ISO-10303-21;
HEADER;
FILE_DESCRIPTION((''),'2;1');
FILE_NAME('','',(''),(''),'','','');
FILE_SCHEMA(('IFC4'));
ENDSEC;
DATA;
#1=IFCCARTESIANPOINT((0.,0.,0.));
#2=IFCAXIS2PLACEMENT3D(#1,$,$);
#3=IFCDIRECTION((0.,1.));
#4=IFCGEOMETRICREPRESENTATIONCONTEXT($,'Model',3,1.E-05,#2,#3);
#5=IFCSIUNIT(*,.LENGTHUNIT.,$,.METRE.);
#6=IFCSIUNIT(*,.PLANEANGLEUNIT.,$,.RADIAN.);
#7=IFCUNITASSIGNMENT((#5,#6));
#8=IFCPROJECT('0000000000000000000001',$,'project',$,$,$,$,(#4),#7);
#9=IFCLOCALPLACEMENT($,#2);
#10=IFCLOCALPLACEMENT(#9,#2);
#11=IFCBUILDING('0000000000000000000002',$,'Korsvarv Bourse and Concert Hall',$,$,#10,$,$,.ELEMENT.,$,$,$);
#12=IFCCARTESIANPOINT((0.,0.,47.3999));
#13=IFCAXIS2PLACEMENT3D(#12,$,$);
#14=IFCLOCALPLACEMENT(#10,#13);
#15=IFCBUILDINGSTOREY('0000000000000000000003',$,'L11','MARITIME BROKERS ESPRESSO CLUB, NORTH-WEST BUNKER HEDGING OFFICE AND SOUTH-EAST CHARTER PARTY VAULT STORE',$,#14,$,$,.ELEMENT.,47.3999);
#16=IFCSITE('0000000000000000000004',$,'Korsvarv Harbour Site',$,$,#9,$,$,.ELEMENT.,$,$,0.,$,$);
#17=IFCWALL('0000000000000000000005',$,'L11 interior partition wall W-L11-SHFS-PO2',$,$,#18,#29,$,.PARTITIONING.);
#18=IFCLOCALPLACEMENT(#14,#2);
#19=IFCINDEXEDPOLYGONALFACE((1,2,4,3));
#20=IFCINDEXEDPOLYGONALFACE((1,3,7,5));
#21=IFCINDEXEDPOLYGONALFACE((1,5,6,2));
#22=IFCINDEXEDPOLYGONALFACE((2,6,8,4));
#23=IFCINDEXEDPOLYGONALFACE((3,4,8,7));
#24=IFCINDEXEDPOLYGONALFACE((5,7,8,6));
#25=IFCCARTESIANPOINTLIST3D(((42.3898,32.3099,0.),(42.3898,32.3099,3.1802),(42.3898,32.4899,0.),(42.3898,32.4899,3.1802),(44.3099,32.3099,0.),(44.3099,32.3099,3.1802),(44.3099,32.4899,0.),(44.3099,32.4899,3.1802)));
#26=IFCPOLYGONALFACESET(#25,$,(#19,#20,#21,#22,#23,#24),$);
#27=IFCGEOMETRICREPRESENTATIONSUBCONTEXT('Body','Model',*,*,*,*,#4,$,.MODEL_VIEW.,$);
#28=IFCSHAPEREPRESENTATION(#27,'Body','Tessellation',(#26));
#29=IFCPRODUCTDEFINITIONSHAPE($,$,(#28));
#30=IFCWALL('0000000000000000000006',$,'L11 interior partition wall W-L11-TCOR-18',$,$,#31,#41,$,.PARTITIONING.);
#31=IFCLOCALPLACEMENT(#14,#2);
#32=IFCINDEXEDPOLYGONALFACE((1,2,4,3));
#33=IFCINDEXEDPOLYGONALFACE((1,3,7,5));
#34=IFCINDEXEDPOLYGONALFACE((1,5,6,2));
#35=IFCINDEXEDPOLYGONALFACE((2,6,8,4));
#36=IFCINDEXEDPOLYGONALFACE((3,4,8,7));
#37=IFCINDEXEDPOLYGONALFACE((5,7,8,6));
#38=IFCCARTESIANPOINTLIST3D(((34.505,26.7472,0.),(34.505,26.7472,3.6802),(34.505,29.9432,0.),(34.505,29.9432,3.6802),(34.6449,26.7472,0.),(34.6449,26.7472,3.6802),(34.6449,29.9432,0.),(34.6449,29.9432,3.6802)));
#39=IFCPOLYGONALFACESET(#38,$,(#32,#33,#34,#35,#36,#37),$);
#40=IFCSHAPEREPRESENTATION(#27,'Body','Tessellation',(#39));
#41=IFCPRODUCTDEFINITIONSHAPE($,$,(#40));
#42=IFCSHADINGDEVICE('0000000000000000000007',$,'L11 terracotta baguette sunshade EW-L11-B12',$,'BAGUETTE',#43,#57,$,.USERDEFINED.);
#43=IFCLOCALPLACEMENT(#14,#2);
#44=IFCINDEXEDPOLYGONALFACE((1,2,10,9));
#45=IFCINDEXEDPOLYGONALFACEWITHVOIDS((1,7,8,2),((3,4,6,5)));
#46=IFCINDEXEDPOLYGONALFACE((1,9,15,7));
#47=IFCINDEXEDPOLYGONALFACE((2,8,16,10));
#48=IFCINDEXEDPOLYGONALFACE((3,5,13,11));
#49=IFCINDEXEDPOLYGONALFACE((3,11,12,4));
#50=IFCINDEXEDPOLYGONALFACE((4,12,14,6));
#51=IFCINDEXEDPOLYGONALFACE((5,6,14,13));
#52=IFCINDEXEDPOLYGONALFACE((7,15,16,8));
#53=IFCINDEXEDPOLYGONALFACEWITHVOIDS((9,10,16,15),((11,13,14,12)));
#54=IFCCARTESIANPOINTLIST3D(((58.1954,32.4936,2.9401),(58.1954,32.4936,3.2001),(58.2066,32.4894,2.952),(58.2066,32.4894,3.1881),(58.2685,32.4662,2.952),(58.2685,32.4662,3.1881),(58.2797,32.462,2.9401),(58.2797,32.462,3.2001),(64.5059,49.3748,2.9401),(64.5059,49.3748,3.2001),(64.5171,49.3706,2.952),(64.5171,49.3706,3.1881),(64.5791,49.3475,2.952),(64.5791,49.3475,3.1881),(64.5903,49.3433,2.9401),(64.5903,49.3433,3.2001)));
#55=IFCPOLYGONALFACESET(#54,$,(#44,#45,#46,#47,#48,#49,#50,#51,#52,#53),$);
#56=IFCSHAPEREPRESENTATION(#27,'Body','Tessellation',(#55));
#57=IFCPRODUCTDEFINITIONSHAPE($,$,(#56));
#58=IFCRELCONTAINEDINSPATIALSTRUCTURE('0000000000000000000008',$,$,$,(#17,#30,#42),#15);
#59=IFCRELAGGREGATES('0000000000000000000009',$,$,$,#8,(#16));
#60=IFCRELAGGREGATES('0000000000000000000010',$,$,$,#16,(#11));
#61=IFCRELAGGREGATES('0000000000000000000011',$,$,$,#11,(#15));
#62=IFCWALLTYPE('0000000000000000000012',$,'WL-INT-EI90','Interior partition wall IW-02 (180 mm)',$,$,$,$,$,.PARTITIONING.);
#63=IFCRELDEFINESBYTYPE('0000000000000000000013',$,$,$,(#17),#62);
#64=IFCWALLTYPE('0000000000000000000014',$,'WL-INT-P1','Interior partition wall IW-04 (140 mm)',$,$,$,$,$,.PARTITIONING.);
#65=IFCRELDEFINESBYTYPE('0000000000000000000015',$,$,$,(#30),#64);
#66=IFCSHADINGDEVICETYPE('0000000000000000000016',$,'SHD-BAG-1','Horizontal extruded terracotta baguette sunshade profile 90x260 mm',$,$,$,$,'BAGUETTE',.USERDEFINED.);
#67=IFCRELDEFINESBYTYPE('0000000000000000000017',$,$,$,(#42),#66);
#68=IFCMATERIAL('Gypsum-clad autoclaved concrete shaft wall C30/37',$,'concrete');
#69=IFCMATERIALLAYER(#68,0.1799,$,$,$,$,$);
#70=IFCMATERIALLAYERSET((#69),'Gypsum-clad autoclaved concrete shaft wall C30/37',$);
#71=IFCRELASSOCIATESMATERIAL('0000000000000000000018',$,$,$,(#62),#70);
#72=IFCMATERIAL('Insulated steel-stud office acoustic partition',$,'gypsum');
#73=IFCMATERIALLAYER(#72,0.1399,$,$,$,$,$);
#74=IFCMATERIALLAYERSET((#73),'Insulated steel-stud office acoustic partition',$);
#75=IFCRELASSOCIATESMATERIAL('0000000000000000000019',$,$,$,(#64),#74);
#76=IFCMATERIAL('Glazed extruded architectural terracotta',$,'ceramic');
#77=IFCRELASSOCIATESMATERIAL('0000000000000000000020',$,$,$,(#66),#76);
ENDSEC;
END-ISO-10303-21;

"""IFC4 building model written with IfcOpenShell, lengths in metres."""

from ifc_helpers import new_model, si_unit, direction, frame, frame_2d, origin, origin_2d, place, context, subcontext, project, spatial, rectangle, hollow_rectangle, extrude, source, transform, mapped, material, layer, layer_set, material_profile, profile_set, type_object, element, save


model = new_model("IFC4")

# Units and contexts
model_context = context("Model", 3, precision=1e-05, world=origin(), true_north=direction((0.0, 1.0)))
body_context = subcontext(model_context, "Body", "Model", "MODEL_VIEW")
ifc_project = project(units=[si_unit("LENGTHUNIT", "METRE"), si_unit("PLANEANGLEUNIT", "RADIAN")], contexts=[model_context])

# Site, building, storey
site_placement = place(None, origin())
site = spatial("IfcSite", under=ifc_project, at=site_placement, Name="Korsvarv Harbour Site", CompositionType="ELEMENT", RefElevation=0.0)
building_placement = place(site_placement, origin())
building = spatial("IfcBuilding", under=site, at=building_placement, Name="Korsvarv Bourse and Concert Hall", CompositionType="ELEMENT")
storey_placement = place(building_placement, frame((0.0, 0.0, 47.3999)))
storey = spatial("IfcBuildingStorey", under=building, at=storey_placement, Name="L11", Description="MARITIME BROKERS ESPRESSO CLUB, NORTH-WEST BUNKER HEDGING OFFICE AND SOUTH-EAST CHARTER PARTY VAULT STORE", CompositionType="ELEMENT", Elevation=47.3999)

# Walls
ifc_material_1 = material(Name="Gypsum-clad autoclaved concrete shaft wall C30/37", Category="concrete")
ifc_layer_1 = layer(ifc_material_1, 0.1799)
ifc_layer_set_1 = layer_set([ifc_layer_1], Name="Gypsum-clad autoclaved concrete shaft wall C30/37")
wall_type_1 = type_object("IfcWallType", Name="WL-INT-EI90", Description="Interior partition wall IW-02 (180 mm)", PredefinedType="PARTITIONING", material=ifc_layer_set_1)
wall_1_placement = place(storey_placement, frame((42.3899, 32.3999, 0.0), z_axis=(0.0, 0.0, 1.0), x_axis=(1.0, 0.0, 0.0)))
element("IfcWall", 1, at=wall_1_placement, inside=storey, type_object=wall_type_1, Name="L11 interior partition wall W-L11-SHFS-PO2", PredefinedType="PARTITIONING", context=body_context, shape_type="SweptSolid", body=[
    extrude(rectangle(XDim=1.9202, YDim=0.1799, at=frame_2d((0.96, 0.0))), origin(), (0.0, 0.0, 1.0), 3.1802),
])
ifc_material_2 = material(Name="Insulated steel-stud office acoustic partition", Category="gypsum")
ifc_layer_2 = layer(ifc_material_2, 0.1399)
ifc_layer_set_2 = layer_set([ifc_layer_2], Name="Insulated steel-stud office acoustic partition")
wall_type_2 = type_object("IfcWallType", Name="WL-INT-P1", Description="Interior partition wall IW-04 (140 mm)", PredefinedType="PARTITIONING", material=ifc_layer_set_2)
wall_2_placement = place(storey_placement, frame((34.575, 26.7471, 0.0), z_axis=(0.0, 0.0, 1.0), x_axis=(0.0, 1.0, 0.0)))
element("IfcWall", 2, at=wall_2_placement, inside=storey, type_object=wall_type_2, Name="L11 interior partition wall W-L11-TCOR-18", PredefinedType="PARTITIONING", context=body_context, shape_type="SweptSolid", body=[
    extrude(rectangle(XDim=3.196, YDim=0.1399, at=frame_2d((1.5981, 0.0))), origin(), (0.0, 0.0, 1.0), 3.6802),
])

# Shading device
ifc_material_3 = material(Name="Glazed extruded architectural terracotta", Category="ceramic")
ifc_material_profile_1 = material_profile(ifc_material_3, hollow_rectangle(XDim=0.0901, YDim=0.26, WallThickness=0.012, at=origin_2d()), Name="TC-BAG 90x260")
ifc_profile_set_1 = profile_set([ifc_material_profile_1], Name="Glazed extruded architectural terracotta")
shading_device_type = type_object("IfcShadingDeviceType", Name="SHD-BAG-1", Description="Horizontal extruded terracotta baguette sunshade profile 90x260 mm", ElementType="BAGUETTE", PredefinedType="USERDEFINED", material=ifc_profile_set_1)
shared_shape_1 = source(origin(), body_context, "Body", "SweptSolid", [
    extrude(hollow_rectangle(XDim=0.0901, YDim=0.26, WallThickness=0.012, at=origin_2d()), origin(), (0.0, 0.0, 1.0), 18.0222),
])
shading_device_placement = place(storey_placement, frame((58.2375, 32.4778, 3.0701), z_axis=(0.350152, 0.936693, 0.0), x_axis=(-0.936693, 0.350152, 0.0)))
element("IfcShadingDevice", 3, at=shading_device_placement, inside=storey, type_object=shading_device_type, Name="L11 terracotta baguette sunshade EW-L11-B12", ObjectType="BAGUETTE", PredefinedType="USERDEFINED", context=body_context, shape_type="MappedRepresentation", body=[
    mapped(shared_shape_1, transform((0.0, 0.0, 0.0), scale=1.0)),
])

save(model, "model.ifc")
